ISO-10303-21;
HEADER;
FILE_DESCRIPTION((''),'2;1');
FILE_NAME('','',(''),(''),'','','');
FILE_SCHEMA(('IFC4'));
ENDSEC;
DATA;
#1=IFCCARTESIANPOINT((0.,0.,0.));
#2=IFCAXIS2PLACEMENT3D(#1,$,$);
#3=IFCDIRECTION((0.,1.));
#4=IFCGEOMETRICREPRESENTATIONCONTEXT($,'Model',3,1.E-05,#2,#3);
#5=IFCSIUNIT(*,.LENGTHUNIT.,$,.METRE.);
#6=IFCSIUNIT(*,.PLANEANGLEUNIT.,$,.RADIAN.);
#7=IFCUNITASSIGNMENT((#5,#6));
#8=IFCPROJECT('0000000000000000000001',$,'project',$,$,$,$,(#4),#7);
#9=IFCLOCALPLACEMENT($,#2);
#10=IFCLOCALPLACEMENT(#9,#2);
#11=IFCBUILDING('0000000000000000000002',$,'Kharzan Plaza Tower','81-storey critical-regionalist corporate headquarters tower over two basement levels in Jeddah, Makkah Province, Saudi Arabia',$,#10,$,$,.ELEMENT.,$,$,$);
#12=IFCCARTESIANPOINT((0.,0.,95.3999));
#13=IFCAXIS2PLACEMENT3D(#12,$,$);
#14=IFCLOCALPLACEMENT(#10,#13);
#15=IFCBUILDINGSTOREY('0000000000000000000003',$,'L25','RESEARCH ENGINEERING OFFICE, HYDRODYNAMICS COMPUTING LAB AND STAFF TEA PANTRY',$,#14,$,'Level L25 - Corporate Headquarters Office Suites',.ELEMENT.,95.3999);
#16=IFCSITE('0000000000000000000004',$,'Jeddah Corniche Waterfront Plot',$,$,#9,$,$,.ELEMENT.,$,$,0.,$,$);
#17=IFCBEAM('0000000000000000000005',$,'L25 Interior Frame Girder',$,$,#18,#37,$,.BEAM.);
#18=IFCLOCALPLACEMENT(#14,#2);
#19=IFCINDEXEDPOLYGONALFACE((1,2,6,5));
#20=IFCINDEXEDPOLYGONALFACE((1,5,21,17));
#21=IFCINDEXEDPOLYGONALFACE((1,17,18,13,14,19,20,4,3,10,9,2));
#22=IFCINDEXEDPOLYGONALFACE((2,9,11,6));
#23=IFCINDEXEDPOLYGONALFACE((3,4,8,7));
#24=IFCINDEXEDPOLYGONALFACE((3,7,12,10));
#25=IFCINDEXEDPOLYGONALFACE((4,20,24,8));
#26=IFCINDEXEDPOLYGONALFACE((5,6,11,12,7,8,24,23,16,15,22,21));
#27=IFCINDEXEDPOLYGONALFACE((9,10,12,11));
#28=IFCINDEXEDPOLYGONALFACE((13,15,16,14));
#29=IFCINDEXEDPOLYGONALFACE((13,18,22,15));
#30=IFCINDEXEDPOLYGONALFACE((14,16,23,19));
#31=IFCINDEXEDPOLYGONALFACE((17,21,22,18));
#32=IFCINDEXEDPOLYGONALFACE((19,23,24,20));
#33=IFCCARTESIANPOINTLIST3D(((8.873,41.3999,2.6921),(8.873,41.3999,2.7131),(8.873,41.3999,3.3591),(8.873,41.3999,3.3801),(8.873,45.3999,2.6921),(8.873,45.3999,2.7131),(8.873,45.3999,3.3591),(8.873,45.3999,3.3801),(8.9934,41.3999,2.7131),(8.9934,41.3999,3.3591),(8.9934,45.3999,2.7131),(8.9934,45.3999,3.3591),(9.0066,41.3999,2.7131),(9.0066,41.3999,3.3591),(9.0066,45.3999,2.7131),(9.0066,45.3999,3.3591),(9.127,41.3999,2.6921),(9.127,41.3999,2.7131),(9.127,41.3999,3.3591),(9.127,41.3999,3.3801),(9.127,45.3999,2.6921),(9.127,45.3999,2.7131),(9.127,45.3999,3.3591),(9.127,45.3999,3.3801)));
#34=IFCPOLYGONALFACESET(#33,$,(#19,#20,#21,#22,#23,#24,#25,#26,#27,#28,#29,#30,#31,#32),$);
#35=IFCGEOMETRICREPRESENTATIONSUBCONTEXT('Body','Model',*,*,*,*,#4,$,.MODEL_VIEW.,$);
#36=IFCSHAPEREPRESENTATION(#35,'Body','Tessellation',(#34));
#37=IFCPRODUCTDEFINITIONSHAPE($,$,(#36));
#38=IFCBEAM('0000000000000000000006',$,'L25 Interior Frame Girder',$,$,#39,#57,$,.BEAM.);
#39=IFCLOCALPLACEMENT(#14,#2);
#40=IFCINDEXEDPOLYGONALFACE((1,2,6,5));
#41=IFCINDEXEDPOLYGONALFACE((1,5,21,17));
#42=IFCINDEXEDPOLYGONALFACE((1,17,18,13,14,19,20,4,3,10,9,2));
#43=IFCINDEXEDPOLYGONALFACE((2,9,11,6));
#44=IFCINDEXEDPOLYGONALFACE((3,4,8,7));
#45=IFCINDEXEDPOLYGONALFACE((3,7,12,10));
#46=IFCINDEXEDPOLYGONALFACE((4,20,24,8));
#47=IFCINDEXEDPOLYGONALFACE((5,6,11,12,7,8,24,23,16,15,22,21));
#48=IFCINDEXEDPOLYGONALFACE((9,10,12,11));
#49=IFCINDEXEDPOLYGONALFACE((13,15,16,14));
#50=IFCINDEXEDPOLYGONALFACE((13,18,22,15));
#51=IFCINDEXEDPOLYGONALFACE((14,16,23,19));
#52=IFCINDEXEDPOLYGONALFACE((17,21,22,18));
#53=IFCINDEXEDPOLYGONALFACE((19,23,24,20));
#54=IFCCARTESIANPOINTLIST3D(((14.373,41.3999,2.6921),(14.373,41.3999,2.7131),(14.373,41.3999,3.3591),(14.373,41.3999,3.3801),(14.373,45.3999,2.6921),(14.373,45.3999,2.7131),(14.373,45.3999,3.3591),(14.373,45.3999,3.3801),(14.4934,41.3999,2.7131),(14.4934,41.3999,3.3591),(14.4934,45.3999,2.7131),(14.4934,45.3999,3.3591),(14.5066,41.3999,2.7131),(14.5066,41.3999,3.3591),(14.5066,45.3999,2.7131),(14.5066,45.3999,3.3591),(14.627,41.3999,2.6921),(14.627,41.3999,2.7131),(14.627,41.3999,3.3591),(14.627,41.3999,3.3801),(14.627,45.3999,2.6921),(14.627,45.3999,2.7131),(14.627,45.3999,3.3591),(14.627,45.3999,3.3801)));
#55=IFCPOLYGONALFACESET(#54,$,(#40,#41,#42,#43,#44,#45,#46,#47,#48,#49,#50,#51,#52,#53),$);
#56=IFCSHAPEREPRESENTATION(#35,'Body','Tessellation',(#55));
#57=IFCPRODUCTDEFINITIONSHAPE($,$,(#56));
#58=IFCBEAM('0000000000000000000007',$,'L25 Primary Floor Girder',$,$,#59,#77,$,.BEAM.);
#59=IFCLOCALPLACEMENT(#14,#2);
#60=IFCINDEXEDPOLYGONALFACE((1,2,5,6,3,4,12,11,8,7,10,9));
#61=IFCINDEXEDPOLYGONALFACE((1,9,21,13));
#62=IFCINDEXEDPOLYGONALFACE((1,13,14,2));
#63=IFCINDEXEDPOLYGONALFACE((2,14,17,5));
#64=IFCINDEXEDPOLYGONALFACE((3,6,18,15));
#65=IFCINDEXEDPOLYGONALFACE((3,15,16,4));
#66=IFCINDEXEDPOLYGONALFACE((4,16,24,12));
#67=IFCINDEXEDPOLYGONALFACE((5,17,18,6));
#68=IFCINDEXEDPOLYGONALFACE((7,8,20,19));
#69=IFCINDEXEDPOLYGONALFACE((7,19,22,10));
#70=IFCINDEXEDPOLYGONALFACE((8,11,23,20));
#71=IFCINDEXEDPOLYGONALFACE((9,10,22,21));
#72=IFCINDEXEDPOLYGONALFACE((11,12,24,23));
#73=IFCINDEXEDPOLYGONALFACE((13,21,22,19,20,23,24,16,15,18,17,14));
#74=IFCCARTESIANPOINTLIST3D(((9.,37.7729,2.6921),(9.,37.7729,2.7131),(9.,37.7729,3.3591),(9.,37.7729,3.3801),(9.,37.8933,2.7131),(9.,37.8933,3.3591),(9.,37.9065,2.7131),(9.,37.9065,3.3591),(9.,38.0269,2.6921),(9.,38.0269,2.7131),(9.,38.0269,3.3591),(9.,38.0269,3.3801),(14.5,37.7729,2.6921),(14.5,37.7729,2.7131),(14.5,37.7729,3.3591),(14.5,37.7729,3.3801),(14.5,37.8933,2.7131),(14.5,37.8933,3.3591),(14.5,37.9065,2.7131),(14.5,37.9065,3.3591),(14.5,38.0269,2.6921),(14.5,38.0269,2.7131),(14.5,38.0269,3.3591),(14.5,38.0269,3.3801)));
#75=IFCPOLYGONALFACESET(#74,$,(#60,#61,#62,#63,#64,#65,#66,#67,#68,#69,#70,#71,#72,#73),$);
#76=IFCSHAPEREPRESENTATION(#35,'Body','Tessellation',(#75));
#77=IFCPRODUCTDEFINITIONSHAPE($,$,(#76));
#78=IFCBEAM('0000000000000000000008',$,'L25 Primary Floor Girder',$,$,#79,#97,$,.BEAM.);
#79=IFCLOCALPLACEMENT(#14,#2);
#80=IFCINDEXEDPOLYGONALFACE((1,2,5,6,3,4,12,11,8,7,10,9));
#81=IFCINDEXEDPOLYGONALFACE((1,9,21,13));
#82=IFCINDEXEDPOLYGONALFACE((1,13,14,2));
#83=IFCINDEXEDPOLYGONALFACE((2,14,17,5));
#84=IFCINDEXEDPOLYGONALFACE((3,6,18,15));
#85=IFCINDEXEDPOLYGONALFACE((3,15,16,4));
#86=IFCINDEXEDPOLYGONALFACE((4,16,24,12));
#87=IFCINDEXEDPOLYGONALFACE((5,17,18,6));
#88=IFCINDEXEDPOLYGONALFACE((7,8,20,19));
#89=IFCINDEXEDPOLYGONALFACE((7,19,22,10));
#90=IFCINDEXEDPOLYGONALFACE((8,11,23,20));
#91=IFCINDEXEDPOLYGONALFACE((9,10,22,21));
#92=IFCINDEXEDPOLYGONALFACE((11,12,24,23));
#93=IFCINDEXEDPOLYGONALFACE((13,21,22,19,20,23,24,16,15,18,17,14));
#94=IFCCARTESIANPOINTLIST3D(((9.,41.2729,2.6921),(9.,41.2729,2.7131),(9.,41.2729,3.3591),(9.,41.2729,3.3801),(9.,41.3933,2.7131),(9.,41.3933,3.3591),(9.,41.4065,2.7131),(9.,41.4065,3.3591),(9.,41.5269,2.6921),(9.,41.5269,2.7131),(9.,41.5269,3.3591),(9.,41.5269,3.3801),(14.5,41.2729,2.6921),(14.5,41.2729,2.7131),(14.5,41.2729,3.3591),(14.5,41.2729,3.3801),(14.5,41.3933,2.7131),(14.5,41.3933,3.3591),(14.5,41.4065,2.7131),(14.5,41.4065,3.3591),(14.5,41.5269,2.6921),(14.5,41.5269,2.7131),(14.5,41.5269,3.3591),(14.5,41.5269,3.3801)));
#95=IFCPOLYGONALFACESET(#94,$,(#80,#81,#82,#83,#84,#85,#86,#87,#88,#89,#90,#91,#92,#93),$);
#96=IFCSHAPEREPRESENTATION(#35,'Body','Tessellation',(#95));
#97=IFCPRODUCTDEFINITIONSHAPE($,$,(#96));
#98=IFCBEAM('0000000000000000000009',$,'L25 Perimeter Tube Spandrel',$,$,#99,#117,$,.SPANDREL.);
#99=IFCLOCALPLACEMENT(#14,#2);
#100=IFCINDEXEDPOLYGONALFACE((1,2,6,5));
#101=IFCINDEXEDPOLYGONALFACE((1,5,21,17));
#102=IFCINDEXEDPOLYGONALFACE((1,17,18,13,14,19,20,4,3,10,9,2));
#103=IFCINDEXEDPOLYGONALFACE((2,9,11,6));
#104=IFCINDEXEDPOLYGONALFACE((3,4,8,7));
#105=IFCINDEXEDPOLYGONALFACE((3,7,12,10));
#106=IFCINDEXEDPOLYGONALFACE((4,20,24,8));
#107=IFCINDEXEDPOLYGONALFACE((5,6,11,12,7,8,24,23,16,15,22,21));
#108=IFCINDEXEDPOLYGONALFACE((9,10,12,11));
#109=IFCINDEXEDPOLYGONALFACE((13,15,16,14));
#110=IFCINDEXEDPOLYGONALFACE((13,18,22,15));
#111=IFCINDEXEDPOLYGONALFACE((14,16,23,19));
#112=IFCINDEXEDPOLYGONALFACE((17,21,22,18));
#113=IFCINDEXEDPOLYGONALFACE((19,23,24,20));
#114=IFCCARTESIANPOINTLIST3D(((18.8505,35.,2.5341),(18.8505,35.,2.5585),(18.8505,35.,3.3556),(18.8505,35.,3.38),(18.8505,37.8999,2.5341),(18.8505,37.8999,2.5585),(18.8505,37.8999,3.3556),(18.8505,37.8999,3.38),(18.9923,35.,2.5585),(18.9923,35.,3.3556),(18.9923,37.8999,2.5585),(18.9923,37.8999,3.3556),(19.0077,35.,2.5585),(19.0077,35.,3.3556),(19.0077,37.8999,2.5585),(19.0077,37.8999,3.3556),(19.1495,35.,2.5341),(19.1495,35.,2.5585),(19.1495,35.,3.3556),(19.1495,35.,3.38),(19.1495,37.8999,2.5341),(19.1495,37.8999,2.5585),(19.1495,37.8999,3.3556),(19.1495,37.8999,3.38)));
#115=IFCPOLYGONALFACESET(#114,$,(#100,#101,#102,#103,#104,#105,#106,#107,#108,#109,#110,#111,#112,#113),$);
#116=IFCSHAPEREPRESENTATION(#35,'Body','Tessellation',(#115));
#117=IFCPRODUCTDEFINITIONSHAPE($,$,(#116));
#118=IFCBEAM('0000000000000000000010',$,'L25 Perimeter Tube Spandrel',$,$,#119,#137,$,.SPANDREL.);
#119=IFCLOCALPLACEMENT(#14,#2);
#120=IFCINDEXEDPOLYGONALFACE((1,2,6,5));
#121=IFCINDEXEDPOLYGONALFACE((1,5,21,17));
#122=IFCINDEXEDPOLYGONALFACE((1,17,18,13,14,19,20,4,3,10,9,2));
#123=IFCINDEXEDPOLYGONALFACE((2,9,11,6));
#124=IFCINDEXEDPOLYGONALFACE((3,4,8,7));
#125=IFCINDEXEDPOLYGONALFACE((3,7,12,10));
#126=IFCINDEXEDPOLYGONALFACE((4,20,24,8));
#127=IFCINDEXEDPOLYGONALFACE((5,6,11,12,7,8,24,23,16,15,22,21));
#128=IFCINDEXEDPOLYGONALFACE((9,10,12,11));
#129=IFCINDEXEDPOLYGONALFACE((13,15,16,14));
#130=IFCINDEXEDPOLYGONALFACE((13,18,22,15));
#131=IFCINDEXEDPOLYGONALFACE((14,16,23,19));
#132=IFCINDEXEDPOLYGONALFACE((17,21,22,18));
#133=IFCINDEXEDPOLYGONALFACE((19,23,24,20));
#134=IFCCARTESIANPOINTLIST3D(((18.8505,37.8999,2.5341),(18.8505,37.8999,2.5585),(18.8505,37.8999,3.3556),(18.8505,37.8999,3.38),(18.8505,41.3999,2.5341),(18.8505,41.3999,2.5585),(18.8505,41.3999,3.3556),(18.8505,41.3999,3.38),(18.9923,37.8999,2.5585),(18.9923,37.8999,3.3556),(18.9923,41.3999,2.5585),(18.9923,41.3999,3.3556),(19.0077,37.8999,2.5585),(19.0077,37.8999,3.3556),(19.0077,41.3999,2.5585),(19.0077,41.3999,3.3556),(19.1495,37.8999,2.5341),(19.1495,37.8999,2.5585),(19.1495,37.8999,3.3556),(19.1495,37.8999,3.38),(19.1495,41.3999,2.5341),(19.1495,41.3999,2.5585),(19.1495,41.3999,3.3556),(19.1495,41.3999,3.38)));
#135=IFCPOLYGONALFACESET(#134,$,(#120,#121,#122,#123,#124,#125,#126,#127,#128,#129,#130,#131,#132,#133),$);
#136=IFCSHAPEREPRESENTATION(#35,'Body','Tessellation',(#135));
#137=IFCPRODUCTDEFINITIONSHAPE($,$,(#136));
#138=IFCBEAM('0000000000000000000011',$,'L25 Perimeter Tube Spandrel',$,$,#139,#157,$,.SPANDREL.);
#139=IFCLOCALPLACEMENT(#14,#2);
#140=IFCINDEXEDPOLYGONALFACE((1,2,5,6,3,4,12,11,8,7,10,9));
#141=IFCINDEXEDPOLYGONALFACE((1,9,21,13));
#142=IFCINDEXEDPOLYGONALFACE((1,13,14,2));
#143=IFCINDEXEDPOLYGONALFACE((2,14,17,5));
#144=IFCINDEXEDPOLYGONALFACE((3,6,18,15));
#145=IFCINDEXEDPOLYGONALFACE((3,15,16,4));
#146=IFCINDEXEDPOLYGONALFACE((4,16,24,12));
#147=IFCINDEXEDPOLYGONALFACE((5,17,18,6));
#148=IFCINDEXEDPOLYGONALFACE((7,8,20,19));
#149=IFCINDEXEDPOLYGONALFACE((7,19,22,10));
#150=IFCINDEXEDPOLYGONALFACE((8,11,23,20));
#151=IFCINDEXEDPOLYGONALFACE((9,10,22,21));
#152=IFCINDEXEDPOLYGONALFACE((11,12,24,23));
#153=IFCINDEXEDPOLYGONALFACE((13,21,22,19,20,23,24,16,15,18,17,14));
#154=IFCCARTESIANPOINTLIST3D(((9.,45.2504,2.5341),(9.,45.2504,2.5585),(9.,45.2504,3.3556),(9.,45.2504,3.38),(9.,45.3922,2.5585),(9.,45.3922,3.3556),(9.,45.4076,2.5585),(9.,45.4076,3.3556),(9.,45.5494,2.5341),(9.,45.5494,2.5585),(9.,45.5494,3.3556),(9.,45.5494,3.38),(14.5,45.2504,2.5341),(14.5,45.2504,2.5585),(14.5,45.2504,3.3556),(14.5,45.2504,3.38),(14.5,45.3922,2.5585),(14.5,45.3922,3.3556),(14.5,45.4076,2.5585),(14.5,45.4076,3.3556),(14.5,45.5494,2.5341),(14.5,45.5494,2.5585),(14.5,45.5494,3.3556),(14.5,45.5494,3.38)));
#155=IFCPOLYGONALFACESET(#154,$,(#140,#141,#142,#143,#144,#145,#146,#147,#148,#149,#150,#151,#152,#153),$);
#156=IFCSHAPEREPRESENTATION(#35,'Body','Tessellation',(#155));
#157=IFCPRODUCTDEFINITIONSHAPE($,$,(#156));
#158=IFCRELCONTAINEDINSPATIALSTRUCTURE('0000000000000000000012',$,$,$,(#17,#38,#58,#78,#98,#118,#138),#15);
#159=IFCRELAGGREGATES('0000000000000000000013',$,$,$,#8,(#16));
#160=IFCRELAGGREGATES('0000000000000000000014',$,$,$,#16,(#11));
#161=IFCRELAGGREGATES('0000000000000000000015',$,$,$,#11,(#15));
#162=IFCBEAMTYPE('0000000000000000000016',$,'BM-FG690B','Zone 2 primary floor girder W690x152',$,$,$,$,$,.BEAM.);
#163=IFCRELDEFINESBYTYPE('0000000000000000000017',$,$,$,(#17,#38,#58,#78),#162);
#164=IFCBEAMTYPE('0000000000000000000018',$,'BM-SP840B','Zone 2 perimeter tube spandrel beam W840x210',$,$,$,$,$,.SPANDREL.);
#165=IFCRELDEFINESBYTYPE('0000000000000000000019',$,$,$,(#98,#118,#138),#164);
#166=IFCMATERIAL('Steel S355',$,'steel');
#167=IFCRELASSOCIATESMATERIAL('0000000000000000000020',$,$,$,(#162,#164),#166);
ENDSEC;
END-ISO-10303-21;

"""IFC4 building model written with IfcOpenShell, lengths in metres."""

from ifc_helpers import new_model, si_unit, direction, frame, origin, origin_2d, place, context, subcontext, project, spatial, i_section, extrude, source, transform, mapped, material, material_profile, profile_set, type_object, element, save


model = new_model("IFC4")

# Units and contexts
model_context = context("Model", 3, precision=1e-05, world=origin(), true_north=direction((0.0, 1.0)))
body_context = subcontext(model_context, "Body", "Model", "MODEL_VIEW")
ifc_project = project(units=[si_unit("LENGTHUNIT", "METRE"), si_unit("PLANEANGLEUNIT", "RADIAN")], contexts=[model_context])

# Site, building, storey
site_placement = place(None, origin())
site = spatial("IfcSite", under=ifc_project, at=site_placement, Name="Jeddah Corniche Waterfront Plot", CompositionType="ELEMENT", RefElevation=0.0)
building_placement = place(site_placement, origin())
building = spatial("IfcBuilding", under=site, at=building_placement, Name="Kharzan Plaza Tower", Description="81-storey critical-regionalist corporate headquarters tower over two basement levels in Jeddah, Makkah Province, Saudi Arabia", CompositionType="ELEMENT")
storey_placement = place(building_placement, frame((0.0, 0.0, 95.3999)))
storey = spatial("IfcBuildingStorey", under=building, at=storey_placement, Name="L25", Description="RESEARCH ENGINEERING OFFICE, HYDRODYNAMICS COMPUTING LAB AND STAFF TEA PANTRY", LongName="Level L25 - Corporate Headquarters Office Suites", CompositionType="ELEMENT", Elevation=95.3999)

# Beams
ifc_material_1 = material(Name="Steel S355", Category="steel")
ifc_material_profile_1 = material_profile(ifc_material_1, i_section(OverallWidth=0.2539, OverallDepth=0.688, WebThickness=0.0132, FlangeThickness=0.021, at=origin_2d()), Name="W690x152")
ifc_profile_set_1 = profile_set([ifc_material_profile_1], Name="Steel S355")
beam_type_1 = type_object("IfcBeamType", Name="BM-FG690B", Description="Zone 2 primary floor girder W690x152", PredefinedType="BEAM", material=ifc_profile_set_1)
shared_shape_1 = source(origin(), body_context, "Body", "SweptSolid", [
    extrude(i_section(OverallWidth=0.2539, OverallDepth=0.688, WebThickness=0.0132, FlangeThickness=0.021, at=origin_2d()), origin(), (0.0, 0.0, 1.0), 4.0),
])
for number, where, z_axis, x_axis, name in (
    (1, (9.0, 41.3999, 3.0361), (0.0, 1.0, 0.0), (-1.0, 0.0, 0.0), "L25 Interior Frame Girder"),
    (2, (14.5, 41.3999, 3.0361), (0.0, 1.0, 0.0), (-1.0, 0.0, 0.0), "L25 Interior Frame Girder"),
):
    element("IfcBeam", number, at=place(storey_placement, frame(where, z_axis=z_axis, x_axis=x_axis)), inside=storey, type_object=beam_type_1, Name=name, PredefinedType="BEAM", context=body_context, shape_type="MappedRepresentation", body=[
        mapped(shared_shape_1, transform((0.0, 0.0, 0.0), x_axis=(1.0, 0.0, 0.0), y_axis=(0.0, 1.0, 0.0), z_axis=(0.0, 0.0, 1.0))),
    ])
shared_shape_2 = source(origin(), body_context, "Body", "SweptSolid", [
    extrude(i_section(OverallWidth=0.2539, OverallDepth=0.688, WebThickness=0.0132, FlangeThickness=0.021, at=origin_2d()), origin(), (0.0, 0.0, 1.0), 5.5),
])
for number, where, z_axis, x_axis, name in (
    (3, (9.0, 37.8999, 3.0361), (1.0, 0.0, 0.0), (0.0, 1.0, 0.0), "L25 Primary Floor Girder"),
    (4, (9.0, 41.3999, 3.0361), (1.0, 0.0, 0.0), (0.0, 1.0, 0.0), "L25 Primary Floor Girder"),
):
    element("IfcBeam", number, at=place(storey_placement, frame(where, z_axis=z_axis, x_axis=x_axis)), inside=storey, type_object=beam_type_1, Name=name, PredefinedType="BEAM", context=body_context, shape_type="MappedRepresentation", body=[
        mapped(shared_shape_2, transform((0.0, 0.0, 0.0), x_axis=(1.0, 0.0, 0.0), y_axis=(0.0, 1.0, 0.0), z_axis=(0.0, 0.0, 1.0))),
    ])
ifc_material_profile_2 = material_profile(ifc_material_1, i_section(OverallWidth=0.2991, OverallDepth=0.8459, WebThickness=0.0154, FlangeThickness=0.0244, at=origin_2d()), Name="W840x210")
ifc_profile_set_2 = profile_set([ifc_material_profile_2], Name="Steel S355")
beam_type_2 = type_object("IfcBeamType", Name="BM-SP840B", Description="Zone 2 perimeter tube spandrel beam W840x210", PredefinedType="SPANDREL", material=ifc_profile_set_2)
shared_shape_3 = source(origin(), body_context, "Body", "SweptSolid", [
    extrude(i_section(OverallWidth=0.2991, OverallDepth=0.8459, WebThickness=0.0154, FlangeThickness=0.0244, at=origin_2d()), origin(), (0.0, 0.0, 1.0), 2.8999),
])
beam_1_placement = place(storey_placement, frame((19.0, 35.0, 2.957), z_axis=(0.0, 1.0, 0.0), x_axis=(-1.0, 0.0, 0.0)))
element("IfcBeam", 5, at=beam_1_placement, inside=storey, type_object=beam_type_2, Name="L25 Perimeter Tube Spandrel", PredefinedType="SPANDREL", context=body_context, shape_type="MappedRepresentation", body=[
    mapped(shared_shape_3, transform((0.0, 0.0, 0.0), x_axis=(1.0, 0.0, 0.0), y_axis=(0.0, 1.0, 0.0), z_axis=(0.0, 0.0, 1.0))),
])
shared_shape_4 = source(origin(), body_context, "Body", "SweptSolid", [
    extrude(i_section(OverallWidth=0.2991, OverallDepth=0.8459, WebThickness=0.0154, FlangeThickness=0.0244, at=origin_2d()), origin(), (0.0, 0.0, 1.0), 3.5),
])
beam_2_placement = place(storey_placement, frame((19.0, 37.8999, 2.957), z_axis=(0.0, 1.0, 0.0), x_axis=(-1.0, 0.0, 0.0)))
element("IfcBeam", 6, at=beam_2_placement, inside=storey, type_object=beam_type_2, Name="L25 Perimeter Tube Spandrel", PredefinedType="SPANDREL", context=body_context, shape_type="MappedRepresentation", body=[
    mapped(shared_shape_4, transform((0.0, 0.0, 0.0), x_axis=(1.0, 0.0, 0.0), y_axis=(0.0, 1.0, 0.0), z_axis=(0.0, 0.0, 1.0))),
])
shared_shape_5 = source(origin(), body_context, "Body", "SweptSolid", [
    extrude(i_section(OverallWidth=0.2991, OverallDepth=0.8459, WebThickness=0.0154, FlangeThickness=0.0244, at=origin_2d()), origin(), (0.0, 0.0, 1.0), 5.5),
])
beam_3_placement = place(storey_placement, frame((9.0, 45.3999, 2.957), z_axis=(1.0, 0.0, 0.0), x_axis=(0.0, 1.0, 0.0)))
element("IfcBeam", 7, at=beam_3_placement, inside=storey, type_object=beam_type_2, Name="L25 Perimeter Tube Spandrel", PredefinedType="SPANDREL", context=body_context, shape_type="MappedRepresentation", body=[
    mapped(shared_shape_5, transform((0.0, 0.0, 0.0), x_axis=(1.0, 0.0, 0.0), y_axis=(0.0, 1.0, 0.0), z_axis=(0.0, 0.0, 1.0))),
])

save(model, "model.ifc")
